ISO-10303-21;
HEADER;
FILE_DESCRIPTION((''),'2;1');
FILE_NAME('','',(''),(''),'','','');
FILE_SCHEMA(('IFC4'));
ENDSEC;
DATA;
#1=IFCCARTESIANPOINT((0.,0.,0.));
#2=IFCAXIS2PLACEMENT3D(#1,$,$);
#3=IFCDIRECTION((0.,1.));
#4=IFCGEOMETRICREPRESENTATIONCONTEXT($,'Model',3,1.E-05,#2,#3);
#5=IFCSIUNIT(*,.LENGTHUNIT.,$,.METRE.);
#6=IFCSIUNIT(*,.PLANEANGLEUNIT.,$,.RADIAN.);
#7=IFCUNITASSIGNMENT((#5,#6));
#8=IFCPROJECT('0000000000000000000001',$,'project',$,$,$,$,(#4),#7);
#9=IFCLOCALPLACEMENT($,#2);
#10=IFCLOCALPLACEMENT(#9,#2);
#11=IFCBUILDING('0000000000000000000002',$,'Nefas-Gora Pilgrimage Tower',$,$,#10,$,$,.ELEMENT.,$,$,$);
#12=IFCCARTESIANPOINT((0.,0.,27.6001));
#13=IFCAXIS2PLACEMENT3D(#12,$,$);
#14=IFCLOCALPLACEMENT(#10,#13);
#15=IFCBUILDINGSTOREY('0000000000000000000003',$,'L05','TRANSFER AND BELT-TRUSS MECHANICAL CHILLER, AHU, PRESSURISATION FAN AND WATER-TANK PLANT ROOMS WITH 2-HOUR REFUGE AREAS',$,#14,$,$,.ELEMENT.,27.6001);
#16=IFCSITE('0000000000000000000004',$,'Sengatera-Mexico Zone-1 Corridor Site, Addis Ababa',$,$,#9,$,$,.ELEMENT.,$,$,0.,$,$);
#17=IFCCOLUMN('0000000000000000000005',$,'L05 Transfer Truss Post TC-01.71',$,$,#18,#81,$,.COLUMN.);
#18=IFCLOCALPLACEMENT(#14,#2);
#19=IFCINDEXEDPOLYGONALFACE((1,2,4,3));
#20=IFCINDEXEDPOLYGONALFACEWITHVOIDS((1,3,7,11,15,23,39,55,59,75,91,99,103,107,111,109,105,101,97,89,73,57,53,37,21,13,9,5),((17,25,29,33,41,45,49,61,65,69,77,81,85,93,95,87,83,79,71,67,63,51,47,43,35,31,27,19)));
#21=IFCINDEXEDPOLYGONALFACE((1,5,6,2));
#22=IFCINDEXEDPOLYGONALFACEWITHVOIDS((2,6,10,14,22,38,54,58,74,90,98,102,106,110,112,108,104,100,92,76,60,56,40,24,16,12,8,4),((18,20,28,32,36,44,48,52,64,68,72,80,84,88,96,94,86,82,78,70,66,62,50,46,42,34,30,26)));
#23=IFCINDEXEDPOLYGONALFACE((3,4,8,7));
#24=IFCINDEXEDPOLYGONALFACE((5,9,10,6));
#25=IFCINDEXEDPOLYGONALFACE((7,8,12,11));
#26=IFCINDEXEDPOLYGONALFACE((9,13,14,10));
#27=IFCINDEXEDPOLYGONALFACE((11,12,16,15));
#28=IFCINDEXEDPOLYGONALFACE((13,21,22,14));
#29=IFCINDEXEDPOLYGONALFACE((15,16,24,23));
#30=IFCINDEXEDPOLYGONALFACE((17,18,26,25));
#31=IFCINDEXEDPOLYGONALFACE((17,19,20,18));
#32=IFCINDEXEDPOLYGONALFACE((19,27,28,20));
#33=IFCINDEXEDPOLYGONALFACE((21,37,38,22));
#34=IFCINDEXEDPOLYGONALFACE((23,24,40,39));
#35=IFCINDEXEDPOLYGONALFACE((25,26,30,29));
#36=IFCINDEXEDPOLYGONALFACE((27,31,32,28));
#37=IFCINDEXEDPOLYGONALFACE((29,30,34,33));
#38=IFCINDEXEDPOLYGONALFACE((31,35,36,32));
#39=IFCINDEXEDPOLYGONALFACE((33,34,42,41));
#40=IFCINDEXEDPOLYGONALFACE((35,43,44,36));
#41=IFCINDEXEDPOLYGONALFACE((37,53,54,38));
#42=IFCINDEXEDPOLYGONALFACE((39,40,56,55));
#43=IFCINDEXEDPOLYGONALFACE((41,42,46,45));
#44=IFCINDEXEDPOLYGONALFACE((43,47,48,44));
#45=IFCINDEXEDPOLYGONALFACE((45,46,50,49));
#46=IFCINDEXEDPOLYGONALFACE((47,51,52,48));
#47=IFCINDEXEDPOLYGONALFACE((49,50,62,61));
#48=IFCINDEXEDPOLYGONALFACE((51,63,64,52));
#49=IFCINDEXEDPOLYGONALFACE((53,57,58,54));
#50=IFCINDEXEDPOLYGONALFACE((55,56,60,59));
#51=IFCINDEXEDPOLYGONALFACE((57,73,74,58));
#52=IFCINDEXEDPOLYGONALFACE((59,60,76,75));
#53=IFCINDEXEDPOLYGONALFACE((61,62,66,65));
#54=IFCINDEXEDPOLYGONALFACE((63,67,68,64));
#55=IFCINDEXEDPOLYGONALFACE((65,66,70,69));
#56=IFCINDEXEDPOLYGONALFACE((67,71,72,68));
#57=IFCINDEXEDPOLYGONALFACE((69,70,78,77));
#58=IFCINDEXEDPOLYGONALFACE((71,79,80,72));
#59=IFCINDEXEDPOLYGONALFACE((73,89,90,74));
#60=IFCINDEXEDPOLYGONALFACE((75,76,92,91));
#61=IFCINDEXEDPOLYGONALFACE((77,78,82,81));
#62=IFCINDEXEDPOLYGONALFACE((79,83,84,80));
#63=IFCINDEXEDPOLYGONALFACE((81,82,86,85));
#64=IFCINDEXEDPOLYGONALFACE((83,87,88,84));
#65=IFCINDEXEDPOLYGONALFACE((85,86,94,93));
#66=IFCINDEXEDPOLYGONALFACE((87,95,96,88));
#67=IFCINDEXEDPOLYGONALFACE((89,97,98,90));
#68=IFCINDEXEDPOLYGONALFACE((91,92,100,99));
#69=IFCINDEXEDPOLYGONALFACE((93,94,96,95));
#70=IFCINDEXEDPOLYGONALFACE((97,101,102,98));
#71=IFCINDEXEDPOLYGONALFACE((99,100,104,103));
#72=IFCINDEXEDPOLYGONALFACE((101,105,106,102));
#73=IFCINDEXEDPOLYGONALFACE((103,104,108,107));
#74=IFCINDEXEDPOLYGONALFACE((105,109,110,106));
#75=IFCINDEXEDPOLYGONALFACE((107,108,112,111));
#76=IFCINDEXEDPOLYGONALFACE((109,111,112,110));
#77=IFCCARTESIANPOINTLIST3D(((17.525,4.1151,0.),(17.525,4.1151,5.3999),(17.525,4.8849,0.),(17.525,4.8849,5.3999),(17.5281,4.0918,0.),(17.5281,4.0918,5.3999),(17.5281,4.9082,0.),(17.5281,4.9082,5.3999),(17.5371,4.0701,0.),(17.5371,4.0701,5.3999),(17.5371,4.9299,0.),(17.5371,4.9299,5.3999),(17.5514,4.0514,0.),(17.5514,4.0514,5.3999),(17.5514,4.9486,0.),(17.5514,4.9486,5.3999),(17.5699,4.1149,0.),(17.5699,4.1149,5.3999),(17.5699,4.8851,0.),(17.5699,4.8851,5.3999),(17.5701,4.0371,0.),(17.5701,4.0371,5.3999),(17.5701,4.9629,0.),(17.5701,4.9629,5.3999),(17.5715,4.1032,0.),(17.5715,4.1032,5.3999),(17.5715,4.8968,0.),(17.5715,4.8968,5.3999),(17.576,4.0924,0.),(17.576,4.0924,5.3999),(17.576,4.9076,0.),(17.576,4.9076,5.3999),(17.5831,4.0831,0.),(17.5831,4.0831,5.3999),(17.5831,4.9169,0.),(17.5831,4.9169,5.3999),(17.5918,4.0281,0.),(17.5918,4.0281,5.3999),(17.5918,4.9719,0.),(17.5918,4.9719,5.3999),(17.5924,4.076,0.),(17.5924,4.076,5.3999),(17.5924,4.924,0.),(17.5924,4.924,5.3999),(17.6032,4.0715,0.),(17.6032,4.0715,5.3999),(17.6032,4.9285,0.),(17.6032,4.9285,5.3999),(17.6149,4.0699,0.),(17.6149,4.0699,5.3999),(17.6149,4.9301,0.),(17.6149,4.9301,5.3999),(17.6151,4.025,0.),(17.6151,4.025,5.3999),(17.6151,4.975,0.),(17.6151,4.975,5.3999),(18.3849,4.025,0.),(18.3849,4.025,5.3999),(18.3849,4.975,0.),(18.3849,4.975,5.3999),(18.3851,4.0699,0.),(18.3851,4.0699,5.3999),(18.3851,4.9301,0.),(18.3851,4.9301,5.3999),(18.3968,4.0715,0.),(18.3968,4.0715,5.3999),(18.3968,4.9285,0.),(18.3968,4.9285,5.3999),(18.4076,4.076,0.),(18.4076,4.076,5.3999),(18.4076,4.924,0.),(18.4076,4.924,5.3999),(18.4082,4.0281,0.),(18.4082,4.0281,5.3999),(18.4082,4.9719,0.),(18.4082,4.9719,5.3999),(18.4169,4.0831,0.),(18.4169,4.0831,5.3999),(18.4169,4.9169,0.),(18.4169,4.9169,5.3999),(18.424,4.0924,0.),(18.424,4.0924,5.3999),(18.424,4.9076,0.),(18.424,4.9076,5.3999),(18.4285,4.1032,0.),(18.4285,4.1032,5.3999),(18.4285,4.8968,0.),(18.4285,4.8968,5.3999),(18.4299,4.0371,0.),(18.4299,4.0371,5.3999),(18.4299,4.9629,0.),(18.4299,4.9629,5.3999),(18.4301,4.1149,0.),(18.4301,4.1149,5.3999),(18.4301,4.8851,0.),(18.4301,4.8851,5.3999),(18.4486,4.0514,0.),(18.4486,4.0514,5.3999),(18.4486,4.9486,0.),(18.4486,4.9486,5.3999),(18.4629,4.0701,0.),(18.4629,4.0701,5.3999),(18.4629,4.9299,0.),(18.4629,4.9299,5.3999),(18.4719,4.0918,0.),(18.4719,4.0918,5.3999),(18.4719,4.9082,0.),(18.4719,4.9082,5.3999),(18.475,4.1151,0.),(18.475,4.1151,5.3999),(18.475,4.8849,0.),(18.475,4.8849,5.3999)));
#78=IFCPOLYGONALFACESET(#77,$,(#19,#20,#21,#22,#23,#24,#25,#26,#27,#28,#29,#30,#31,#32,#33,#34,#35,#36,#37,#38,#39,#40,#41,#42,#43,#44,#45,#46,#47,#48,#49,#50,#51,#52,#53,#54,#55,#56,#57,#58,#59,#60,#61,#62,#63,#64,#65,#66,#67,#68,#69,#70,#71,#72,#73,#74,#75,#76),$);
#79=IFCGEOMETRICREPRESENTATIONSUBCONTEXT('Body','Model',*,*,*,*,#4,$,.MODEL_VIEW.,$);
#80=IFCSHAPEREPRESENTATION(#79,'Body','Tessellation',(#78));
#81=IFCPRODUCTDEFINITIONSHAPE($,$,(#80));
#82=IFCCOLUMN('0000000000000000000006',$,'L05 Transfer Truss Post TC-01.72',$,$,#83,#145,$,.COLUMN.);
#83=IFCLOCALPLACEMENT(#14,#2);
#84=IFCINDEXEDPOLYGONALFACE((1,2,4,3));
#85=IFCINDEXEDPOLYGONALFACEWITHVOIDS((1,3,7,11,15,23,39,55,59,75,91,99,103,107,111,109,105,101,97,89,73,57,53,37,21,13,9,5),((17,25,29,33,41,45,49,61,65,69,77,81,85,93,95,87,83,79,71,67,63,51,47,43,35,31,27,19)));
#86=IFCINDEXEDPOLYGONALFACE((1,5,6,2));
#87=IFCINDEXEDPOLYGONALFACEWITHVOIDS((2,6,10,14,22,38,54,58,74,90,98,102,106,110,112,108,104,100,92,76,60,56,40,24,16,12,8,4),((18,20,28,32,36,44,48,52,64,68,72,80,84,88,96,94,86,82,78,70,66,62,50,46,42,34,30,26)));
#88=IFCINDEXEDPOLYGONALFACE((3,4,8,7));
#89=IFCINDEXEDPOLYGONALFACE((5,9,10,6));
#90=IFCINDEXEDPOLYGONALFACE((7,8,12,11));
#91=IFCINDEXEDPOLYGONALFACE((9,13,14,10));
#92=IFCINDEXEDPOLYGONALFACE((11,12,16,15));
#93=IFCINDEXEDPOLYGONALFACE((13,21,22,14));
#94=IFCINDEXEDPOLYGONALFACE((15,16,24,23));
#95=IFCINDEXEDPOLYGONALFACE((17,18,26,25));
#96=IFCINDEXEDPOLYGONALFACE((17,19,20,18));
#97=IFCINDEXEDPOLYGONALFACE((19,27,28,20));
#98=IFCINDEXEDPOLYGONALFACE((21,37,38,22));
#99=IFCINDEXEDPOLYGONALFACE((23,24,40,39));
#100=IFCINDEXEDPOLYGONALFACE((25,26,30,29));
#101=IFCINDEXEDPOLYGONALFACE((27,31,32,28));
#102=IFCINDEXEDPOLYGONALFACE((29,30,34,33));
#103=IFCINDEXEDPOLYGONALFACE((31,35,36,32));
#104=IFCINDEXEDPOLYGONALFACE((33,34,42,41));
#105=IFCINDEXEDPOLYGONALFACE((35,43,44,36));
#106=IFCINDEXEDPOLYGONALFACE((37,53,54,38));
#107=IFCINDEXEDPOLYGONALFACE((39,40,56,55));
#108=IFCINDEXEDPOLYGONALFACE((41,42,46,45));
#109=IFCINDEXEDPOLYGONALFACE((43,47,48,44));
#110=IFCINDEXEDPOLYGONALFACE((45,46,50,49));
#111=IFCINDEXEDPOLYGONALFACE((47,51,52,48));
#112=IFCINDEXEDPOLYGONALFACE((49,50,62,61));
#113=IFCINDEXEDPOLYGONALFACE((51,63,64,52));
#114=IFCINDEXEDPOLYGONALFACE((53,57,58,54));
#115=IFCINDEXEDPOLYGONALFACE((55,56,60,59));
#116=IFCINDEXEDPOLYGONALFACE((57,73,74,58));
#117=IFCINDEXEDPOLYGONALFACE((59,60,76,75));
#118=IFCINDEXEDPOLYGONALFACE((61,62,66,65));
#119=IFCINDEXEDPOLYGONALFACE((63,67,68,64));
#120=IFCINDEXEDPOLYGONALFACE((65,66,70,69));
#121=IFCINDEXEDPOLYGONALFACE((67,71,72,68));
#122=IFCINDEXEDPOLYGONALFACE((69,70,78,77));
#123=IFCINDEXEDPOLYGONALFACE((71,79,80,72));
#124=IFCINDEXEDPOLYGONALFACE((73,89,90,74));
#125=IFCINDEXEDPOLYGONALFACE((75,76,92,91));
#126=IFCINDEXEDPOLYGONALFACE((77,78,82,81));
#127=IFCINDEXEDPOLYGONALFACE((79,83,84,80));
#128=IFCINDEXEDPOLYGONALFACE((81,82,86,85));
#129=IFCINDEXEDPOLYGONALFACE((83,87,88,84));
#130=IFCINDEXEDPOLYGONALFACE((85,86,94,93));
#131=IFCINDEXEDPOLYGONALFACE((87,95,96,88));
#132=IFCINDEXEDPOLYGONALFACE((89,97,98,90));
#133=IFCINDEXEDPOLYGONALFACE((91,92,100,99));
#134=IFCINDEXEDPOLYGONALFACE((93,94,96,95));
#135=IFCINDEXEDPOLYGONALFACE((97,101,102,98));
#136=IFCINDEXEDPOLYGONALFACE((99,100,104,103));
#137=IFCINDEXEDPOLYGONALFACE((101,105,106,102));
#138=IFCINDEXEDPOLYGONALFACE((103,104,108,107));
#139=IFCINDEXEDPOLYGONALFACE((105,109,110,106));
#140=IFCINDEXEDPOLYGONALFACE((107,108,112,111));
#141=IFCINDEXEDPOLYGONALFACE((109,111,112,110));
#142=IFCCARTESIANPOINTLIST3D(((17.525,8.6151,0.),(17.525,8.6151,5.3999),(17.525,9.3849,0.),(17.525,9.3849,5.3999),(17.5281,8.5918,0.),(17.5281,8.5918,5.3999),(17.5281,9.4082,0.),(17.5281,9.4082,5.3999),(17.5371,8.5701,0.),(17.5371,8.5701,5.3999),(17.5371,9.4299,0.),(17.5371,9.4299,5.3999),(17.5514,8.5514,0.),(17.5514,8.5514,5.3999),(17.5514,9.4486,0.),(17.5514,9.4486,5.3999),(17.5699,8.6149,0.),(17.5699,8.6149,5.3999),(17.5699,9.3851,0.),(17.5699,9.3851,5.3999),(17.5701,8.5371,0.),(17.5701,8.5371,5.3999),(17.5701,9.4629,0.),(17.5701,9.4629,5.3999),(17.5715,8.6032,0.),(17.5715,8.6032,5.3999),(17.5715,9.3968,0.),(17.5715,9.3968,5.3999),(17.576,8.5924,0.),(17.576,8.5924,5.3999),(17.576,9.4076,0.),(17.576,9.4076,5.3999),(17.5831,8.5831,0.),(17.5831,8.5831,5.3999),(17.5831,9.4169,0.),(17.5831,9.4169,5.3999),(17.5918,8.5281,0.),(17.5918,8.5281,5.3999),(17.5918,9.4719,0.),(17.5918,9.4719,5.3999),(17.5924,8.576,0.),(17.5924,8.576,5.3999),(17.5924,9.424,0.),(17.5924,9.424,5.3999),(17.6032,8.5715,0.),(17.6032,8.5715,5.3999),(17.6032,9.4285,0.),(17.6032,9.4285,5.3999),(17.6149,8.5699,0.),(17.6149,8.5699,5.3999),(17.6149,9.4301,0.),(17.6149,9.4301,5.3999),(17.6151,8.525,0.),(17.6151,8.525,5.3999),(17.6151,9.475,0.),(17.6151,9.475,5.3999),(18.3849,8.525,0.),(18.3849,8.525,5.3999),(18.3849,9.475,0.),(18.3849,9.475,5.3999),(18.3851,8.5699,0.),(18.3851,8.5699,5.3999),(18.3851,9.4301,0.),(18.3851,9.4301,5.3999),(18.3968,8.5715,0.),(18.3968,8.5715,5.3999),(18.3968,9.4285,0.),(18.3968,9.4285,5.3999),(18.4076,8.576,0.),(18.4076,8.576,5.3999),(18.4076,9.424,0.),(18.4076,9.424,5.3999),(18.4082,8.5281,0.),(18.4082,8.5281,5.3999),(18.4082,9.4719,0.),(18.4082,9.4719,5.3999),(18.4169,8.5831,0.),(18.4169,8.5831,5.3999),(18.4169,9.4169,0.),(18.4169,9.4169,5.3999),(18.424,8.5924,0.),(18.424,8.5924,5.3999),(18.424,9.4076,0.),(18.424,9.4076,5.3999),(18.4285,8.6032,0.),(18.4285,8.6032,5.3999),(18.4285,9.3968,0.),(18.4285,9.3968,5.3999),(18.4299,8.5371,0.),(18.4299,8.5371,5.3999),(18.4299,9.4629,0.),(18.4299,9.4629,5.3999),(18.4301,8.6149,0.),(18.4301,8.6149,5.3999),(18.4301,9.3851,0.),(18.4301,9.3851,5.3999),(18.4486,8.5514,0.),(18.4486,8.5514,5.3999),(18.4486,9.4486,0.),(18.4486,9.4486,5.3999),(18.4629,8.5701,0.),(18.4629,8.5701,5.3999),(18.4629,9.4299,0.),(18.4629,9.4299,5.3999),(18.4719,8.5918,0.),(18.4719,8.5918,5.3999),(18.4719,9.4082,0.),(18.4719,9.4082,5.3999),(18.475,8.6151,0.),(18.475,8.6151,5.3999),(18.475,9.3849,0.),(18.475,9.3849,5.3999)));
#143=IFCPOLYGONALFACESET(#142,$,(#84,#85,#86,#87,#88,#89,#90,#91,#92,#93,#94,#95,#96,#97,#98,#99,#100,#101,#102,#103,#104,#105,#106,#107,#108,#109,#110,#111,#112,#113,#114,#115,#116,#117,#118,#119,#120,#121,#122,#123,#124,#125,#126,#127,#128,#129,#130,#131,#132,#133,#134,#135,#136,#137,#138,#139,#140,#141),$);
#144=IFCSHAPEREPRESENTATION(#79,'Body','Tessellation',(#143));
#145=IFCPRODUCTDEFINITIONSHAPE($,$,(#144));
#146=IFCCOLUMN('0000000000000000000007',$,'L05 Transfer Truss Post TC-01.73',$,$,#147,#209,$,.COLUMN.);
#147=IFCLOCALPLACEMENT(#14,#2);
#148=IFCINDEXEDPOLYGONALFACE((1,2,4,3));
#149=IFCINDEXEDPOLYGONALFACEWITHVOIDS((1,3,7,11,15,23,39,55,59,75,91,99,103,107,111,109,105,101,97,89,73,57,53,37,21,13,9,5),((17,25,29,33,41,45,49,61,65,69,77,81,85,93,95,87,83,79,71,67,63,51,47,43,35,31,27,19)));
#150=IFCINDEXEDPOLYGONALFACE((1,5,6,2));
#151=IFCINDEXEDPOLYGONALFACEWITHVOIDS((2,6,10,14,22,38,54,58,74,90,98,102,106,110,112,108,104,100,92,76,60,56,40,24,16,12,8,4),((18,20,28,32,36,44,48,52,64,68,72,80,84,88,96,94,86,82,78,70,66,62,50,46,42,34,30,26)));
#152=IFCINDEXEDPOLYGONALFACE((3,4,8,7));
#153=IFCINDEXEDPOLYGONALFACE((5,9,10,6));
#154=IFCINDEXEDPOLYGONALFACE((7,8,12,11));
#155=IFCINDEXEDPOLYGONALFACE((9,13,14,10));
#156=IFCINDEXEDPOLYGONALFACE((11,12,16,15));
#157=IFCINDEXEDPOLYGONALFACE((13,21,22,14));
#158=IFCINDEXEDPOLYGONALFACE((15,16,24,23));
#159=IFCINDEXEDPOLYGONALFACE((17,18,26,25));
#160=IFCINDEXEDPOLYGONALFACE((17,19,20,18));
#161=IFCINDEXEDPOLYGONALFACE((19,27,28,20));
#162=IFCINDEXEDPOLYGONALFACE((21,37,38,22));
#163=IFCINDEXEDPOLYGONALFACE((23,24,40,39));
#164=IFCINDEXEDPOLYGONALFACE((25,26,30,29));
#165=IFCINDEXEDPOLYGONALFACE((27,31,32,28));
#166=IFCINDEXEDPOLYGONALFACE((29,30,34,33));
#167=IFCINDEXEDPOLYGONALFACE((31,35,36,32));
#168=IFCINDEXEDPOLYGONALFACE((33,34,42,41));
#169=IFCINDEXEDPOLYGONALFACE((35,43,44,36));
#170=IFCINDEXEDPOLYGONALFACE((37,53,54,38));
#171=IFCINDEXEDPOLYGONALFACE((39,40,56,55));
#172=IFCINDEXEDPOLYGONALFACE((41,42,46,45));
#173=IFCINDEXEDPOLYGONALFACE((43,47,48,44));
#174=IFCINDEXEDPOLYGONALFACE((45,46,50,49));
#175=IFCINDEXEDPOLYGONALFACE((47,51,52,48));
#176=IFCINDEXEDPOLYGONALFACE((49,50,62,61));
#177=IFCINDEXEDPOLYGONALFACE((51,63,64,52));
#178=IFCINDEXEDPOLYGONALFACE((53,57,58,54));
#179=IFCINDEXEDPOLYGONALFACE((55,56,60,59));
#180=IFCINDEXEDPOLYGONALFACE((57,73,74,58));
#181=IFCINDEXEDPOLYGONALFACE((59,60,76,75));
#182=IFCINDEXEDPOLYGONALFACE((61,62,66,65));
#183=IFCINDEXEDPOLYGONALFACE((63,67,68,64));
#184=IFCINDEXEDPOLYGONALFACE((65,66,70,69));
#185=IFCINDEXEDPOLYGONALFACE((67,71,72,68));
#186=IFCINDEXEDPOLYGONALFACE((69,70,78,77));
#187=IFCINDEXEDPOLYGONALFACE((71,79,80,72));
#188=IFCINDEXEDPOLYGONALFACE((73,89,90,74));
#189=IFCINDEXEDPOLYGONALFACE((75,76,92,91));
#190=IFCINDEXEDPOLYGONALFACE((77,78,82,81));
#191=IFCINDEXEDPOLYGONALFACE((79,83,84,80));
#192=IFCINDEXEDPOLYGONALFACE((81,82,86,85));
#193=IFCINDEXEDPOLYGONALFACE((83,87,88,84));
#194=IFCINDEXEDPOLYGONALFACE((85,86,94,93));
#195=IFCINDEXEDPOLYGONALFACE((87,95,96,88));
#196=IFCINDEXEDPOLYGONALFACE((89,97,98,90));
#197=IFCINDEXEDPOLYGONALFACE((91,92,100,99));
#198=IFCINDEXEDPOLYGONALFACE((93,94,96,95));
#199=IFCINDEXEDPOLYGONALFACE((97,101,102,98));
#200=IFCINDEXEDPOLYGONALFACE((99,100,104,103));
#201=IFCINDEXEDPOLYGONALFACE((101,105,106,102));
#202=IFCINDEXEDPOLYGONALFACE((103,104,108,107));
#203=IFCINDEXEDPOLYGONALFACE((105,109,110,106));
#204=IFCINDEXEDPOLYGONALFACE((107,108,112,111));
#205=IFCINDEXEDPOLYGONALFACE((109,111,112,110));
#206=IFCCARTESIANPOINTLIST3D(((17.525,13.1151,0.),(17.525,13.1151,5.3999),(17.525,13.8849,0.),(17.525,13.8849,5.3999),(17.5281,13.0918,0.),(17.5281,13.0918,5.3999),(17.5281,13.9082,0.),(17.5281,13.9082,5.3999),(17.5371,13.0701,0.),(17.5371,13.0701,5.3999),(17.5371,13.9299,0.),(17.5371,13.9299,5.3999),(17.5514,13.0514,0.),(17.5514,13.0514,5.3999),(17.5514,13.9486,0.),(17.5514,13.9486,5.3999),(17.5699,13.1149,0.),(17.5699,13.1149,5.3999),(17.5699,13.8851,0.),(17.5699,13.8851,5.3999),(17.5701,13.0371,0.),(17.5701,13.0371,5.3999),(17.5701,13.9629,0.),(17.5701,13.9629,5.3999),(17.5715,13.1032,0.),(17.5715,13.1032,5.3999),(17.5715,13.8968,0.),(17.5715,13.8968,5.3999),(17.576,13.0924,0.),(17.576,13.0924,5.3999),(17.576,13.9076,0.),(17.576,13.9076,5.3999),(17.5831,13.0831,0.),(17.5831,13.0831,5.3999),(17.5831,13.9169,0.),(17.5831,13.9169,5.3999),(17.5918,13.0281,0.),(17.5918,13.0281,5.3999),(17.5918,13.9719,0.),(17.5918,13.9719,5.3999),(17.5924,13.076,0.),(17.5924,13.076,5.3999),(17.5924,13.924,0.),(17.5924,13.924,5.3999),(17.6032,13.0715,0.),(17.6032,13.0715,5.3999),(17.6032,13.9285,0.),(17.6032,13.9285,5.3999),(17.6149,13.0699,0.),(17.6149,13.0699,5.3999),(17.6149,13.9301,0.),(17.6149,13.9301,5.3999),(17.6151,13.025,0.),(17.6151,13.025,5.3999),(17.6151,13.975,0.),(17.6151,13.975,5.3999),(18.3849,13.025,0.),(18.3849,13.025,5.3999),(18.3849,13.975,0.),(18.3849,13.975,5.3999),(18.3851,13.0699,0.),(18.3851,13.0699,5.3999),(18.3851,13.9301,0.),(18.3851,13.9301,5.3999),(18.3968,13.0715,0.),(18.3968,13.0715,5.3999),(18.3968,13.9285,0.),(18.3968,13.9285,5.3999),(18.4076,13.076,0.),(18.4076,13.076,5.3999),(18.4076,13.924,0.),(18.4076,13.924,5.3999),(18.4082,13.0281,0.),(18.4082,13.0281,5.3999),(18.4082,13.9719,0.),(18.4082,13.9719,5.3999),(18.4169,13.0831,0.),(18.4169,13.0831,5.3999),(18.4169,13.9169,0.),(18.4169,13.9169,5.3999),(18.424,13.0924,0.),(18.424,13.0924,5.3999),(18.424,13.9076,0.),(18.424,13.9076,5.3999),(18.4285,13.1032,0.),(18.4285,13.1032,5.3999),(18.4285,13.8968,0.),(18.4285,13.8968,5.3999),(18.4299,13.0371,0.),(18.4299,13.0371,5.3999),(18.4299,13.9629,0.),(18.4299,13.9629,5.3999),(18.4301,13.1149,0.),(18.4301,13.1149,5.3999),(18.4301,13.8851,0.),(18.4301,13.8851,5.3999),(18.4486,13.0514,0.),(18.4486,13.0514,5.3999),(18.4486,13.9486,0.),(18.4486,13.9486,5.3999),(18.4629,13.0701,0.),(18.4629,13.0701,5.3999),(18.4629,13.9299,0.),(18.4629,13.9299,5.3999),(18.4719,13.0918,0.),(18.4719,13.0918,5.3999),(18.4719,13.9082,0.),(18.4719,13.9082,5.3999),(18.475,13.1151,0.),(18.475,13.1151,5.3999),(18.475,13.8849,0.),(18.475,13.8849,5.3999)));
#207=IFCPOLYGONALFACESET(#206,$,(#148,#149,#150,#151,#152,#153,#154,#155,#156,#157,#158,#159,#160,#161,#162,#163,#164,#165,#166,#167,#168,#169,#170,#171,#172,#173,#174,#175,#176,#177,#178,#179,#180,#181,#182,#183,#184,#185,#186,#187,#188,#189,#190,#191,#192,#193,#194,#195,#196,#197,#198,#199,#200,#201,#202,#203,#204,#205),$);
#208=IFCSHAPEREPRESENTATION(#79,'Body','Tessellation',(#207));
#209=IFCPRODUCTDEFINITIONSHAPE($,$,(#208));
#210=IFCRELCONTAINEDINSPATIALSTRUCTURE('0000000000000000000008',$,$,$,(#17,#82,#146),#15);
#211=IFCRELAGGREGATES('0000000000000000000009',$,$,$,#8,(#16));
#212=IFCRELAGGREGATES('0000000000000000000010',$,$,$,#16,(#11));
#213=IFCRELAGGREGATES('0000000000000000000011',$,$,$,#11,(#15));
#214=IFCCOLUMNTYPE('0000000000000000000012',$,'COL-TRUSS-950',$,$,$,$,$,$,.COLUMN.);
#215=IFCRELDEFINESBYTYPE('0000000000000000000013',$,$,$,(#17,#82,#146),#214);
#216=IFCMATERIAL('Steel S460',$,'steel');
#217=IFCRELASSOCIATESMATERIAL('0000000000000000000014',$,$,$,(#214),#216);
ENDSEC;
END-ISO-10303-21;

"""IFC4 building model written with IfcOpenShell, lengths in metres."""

from ifc_helpers import new_model, si_unit, direction, frame, origin, origin_2d, place, context, subcontext, project, spatial, hollow_rectangle, extrude, source, transform, mapped, material, material_profile, profile_set, type_object, element, save


model = new_model("IFC4")

# Units and contexts
model_context = context("Model", 3, precision=1e-05, world=origin(), true_north=direction((0.0, 1.0)))
body_context = subcontext(model_context, "Body", "Model", "MODEL_VIEW")
ifc_project = project(units=[si_unit("LENGTHUNIT", "METRE"), si_unit("PLANEANGLEUNIT", "RADIAN")], contexts=[model_context])

# Site, building, storey
site_placement = place(None, origin())
site = spatial("IfcSite", under=ifc_project, at=site_placement, Name="Sengatera-Mexico Zone-1 Corridor Site, Addis Ababa", CompositionType="ELEMENT", RefElevation=0.0)
building_placement = place(site_placement, origin())
building = spatial("IfcBuilding", under=site, at=building_placement, Name="Nefas-Gora Pilgrimage Tower", CompositionType="ELEMENT")
storey_placement = place(building_placement, frame((0.0, 0.0, 27.6001)))
storey = spatial("IfcBuildingStorey", under=building, at=storey_placement, Name="L05", Description="TRANSFER AND BELT-TRUSS MECHANICAL CHILLER, AHU, PRESSURISATION FAN AND WATER-TANK PLANT ROOMS WITH 2-HOUR REFUGE AREAS", CompositionType="ELEMENT", Elevation=27.6001)

# Columns
ifc_material = material(Name="Steel S460", Category="steel")
ifc_material_profile_1 = material_profile(ifc_material, hollow_rectangle(XDim=0.95, YDim=0.95, WallThickness=0.0449, InnerFilletRadius=0.0449, OuterFilletRadius=0.0901, at=origin_2d()), Name="BOX 950x950x45")
ifc_profile_set_1 = profile_set([ifc_material_profile_1], Name="Steel S460")
column_type = type_object("IfcColumnType", Name="COL-TRUSS-950", PredefinedType="COLUMN", material=ifc_profile_set_1)
shared_shape_1 = source(origin(), body_context, "Body", "SweptSolid", [
    extrude(hollow_rectangle(XDim=0.95, YDim=0.95, WallThickness=0.0449, InnerFilletRadius=0.0449, OuterFilletRadius=0.0901, at=origin_2d()), origin(), (0.0, 0.0, 1.0), 5.3999),
])
for number, where, z_axis, x_axis, name in (
    (1, (18.0, 4.5, 0.0), (0.0, 0.0, 1.0), (1.0, 0.0, 0.0), "L05 Transfer Truss Post TC-01.71"),
    (2, (18.0, 9.0, 0.0), (0.0, 0.0, 1.0), (1.0, 0.0, 0.0), "L05 Transfer Truss Post TC-01.72"),
    (3, (18.0, 13.5, 0.0), (0.0, 0.0, 1.0), (1.0, 0.0, 0.0), "L05 Transfer Truss Post TC-01.73"),
):
    element("IfcColumn", number, at=place(storey_placement, frame(where, z_axis=z_axis, x_axis=x_axis)), inside=storey, type_object=column_type, Name=name, PredefinedType="COLUMN", context=body_context, shape_type="MappedRepresentation", body=[
        mapped(shared_shape_1, transform((0.0, 0.0, 0.0), x_axis=(1.0, 0.0, 0.0), y_axis=(0.0, 1.0, 0.0), z_axis=(0.0, 0.0, 1.0), scale=1.0)),
    ])

save(model, "model.ifc")
